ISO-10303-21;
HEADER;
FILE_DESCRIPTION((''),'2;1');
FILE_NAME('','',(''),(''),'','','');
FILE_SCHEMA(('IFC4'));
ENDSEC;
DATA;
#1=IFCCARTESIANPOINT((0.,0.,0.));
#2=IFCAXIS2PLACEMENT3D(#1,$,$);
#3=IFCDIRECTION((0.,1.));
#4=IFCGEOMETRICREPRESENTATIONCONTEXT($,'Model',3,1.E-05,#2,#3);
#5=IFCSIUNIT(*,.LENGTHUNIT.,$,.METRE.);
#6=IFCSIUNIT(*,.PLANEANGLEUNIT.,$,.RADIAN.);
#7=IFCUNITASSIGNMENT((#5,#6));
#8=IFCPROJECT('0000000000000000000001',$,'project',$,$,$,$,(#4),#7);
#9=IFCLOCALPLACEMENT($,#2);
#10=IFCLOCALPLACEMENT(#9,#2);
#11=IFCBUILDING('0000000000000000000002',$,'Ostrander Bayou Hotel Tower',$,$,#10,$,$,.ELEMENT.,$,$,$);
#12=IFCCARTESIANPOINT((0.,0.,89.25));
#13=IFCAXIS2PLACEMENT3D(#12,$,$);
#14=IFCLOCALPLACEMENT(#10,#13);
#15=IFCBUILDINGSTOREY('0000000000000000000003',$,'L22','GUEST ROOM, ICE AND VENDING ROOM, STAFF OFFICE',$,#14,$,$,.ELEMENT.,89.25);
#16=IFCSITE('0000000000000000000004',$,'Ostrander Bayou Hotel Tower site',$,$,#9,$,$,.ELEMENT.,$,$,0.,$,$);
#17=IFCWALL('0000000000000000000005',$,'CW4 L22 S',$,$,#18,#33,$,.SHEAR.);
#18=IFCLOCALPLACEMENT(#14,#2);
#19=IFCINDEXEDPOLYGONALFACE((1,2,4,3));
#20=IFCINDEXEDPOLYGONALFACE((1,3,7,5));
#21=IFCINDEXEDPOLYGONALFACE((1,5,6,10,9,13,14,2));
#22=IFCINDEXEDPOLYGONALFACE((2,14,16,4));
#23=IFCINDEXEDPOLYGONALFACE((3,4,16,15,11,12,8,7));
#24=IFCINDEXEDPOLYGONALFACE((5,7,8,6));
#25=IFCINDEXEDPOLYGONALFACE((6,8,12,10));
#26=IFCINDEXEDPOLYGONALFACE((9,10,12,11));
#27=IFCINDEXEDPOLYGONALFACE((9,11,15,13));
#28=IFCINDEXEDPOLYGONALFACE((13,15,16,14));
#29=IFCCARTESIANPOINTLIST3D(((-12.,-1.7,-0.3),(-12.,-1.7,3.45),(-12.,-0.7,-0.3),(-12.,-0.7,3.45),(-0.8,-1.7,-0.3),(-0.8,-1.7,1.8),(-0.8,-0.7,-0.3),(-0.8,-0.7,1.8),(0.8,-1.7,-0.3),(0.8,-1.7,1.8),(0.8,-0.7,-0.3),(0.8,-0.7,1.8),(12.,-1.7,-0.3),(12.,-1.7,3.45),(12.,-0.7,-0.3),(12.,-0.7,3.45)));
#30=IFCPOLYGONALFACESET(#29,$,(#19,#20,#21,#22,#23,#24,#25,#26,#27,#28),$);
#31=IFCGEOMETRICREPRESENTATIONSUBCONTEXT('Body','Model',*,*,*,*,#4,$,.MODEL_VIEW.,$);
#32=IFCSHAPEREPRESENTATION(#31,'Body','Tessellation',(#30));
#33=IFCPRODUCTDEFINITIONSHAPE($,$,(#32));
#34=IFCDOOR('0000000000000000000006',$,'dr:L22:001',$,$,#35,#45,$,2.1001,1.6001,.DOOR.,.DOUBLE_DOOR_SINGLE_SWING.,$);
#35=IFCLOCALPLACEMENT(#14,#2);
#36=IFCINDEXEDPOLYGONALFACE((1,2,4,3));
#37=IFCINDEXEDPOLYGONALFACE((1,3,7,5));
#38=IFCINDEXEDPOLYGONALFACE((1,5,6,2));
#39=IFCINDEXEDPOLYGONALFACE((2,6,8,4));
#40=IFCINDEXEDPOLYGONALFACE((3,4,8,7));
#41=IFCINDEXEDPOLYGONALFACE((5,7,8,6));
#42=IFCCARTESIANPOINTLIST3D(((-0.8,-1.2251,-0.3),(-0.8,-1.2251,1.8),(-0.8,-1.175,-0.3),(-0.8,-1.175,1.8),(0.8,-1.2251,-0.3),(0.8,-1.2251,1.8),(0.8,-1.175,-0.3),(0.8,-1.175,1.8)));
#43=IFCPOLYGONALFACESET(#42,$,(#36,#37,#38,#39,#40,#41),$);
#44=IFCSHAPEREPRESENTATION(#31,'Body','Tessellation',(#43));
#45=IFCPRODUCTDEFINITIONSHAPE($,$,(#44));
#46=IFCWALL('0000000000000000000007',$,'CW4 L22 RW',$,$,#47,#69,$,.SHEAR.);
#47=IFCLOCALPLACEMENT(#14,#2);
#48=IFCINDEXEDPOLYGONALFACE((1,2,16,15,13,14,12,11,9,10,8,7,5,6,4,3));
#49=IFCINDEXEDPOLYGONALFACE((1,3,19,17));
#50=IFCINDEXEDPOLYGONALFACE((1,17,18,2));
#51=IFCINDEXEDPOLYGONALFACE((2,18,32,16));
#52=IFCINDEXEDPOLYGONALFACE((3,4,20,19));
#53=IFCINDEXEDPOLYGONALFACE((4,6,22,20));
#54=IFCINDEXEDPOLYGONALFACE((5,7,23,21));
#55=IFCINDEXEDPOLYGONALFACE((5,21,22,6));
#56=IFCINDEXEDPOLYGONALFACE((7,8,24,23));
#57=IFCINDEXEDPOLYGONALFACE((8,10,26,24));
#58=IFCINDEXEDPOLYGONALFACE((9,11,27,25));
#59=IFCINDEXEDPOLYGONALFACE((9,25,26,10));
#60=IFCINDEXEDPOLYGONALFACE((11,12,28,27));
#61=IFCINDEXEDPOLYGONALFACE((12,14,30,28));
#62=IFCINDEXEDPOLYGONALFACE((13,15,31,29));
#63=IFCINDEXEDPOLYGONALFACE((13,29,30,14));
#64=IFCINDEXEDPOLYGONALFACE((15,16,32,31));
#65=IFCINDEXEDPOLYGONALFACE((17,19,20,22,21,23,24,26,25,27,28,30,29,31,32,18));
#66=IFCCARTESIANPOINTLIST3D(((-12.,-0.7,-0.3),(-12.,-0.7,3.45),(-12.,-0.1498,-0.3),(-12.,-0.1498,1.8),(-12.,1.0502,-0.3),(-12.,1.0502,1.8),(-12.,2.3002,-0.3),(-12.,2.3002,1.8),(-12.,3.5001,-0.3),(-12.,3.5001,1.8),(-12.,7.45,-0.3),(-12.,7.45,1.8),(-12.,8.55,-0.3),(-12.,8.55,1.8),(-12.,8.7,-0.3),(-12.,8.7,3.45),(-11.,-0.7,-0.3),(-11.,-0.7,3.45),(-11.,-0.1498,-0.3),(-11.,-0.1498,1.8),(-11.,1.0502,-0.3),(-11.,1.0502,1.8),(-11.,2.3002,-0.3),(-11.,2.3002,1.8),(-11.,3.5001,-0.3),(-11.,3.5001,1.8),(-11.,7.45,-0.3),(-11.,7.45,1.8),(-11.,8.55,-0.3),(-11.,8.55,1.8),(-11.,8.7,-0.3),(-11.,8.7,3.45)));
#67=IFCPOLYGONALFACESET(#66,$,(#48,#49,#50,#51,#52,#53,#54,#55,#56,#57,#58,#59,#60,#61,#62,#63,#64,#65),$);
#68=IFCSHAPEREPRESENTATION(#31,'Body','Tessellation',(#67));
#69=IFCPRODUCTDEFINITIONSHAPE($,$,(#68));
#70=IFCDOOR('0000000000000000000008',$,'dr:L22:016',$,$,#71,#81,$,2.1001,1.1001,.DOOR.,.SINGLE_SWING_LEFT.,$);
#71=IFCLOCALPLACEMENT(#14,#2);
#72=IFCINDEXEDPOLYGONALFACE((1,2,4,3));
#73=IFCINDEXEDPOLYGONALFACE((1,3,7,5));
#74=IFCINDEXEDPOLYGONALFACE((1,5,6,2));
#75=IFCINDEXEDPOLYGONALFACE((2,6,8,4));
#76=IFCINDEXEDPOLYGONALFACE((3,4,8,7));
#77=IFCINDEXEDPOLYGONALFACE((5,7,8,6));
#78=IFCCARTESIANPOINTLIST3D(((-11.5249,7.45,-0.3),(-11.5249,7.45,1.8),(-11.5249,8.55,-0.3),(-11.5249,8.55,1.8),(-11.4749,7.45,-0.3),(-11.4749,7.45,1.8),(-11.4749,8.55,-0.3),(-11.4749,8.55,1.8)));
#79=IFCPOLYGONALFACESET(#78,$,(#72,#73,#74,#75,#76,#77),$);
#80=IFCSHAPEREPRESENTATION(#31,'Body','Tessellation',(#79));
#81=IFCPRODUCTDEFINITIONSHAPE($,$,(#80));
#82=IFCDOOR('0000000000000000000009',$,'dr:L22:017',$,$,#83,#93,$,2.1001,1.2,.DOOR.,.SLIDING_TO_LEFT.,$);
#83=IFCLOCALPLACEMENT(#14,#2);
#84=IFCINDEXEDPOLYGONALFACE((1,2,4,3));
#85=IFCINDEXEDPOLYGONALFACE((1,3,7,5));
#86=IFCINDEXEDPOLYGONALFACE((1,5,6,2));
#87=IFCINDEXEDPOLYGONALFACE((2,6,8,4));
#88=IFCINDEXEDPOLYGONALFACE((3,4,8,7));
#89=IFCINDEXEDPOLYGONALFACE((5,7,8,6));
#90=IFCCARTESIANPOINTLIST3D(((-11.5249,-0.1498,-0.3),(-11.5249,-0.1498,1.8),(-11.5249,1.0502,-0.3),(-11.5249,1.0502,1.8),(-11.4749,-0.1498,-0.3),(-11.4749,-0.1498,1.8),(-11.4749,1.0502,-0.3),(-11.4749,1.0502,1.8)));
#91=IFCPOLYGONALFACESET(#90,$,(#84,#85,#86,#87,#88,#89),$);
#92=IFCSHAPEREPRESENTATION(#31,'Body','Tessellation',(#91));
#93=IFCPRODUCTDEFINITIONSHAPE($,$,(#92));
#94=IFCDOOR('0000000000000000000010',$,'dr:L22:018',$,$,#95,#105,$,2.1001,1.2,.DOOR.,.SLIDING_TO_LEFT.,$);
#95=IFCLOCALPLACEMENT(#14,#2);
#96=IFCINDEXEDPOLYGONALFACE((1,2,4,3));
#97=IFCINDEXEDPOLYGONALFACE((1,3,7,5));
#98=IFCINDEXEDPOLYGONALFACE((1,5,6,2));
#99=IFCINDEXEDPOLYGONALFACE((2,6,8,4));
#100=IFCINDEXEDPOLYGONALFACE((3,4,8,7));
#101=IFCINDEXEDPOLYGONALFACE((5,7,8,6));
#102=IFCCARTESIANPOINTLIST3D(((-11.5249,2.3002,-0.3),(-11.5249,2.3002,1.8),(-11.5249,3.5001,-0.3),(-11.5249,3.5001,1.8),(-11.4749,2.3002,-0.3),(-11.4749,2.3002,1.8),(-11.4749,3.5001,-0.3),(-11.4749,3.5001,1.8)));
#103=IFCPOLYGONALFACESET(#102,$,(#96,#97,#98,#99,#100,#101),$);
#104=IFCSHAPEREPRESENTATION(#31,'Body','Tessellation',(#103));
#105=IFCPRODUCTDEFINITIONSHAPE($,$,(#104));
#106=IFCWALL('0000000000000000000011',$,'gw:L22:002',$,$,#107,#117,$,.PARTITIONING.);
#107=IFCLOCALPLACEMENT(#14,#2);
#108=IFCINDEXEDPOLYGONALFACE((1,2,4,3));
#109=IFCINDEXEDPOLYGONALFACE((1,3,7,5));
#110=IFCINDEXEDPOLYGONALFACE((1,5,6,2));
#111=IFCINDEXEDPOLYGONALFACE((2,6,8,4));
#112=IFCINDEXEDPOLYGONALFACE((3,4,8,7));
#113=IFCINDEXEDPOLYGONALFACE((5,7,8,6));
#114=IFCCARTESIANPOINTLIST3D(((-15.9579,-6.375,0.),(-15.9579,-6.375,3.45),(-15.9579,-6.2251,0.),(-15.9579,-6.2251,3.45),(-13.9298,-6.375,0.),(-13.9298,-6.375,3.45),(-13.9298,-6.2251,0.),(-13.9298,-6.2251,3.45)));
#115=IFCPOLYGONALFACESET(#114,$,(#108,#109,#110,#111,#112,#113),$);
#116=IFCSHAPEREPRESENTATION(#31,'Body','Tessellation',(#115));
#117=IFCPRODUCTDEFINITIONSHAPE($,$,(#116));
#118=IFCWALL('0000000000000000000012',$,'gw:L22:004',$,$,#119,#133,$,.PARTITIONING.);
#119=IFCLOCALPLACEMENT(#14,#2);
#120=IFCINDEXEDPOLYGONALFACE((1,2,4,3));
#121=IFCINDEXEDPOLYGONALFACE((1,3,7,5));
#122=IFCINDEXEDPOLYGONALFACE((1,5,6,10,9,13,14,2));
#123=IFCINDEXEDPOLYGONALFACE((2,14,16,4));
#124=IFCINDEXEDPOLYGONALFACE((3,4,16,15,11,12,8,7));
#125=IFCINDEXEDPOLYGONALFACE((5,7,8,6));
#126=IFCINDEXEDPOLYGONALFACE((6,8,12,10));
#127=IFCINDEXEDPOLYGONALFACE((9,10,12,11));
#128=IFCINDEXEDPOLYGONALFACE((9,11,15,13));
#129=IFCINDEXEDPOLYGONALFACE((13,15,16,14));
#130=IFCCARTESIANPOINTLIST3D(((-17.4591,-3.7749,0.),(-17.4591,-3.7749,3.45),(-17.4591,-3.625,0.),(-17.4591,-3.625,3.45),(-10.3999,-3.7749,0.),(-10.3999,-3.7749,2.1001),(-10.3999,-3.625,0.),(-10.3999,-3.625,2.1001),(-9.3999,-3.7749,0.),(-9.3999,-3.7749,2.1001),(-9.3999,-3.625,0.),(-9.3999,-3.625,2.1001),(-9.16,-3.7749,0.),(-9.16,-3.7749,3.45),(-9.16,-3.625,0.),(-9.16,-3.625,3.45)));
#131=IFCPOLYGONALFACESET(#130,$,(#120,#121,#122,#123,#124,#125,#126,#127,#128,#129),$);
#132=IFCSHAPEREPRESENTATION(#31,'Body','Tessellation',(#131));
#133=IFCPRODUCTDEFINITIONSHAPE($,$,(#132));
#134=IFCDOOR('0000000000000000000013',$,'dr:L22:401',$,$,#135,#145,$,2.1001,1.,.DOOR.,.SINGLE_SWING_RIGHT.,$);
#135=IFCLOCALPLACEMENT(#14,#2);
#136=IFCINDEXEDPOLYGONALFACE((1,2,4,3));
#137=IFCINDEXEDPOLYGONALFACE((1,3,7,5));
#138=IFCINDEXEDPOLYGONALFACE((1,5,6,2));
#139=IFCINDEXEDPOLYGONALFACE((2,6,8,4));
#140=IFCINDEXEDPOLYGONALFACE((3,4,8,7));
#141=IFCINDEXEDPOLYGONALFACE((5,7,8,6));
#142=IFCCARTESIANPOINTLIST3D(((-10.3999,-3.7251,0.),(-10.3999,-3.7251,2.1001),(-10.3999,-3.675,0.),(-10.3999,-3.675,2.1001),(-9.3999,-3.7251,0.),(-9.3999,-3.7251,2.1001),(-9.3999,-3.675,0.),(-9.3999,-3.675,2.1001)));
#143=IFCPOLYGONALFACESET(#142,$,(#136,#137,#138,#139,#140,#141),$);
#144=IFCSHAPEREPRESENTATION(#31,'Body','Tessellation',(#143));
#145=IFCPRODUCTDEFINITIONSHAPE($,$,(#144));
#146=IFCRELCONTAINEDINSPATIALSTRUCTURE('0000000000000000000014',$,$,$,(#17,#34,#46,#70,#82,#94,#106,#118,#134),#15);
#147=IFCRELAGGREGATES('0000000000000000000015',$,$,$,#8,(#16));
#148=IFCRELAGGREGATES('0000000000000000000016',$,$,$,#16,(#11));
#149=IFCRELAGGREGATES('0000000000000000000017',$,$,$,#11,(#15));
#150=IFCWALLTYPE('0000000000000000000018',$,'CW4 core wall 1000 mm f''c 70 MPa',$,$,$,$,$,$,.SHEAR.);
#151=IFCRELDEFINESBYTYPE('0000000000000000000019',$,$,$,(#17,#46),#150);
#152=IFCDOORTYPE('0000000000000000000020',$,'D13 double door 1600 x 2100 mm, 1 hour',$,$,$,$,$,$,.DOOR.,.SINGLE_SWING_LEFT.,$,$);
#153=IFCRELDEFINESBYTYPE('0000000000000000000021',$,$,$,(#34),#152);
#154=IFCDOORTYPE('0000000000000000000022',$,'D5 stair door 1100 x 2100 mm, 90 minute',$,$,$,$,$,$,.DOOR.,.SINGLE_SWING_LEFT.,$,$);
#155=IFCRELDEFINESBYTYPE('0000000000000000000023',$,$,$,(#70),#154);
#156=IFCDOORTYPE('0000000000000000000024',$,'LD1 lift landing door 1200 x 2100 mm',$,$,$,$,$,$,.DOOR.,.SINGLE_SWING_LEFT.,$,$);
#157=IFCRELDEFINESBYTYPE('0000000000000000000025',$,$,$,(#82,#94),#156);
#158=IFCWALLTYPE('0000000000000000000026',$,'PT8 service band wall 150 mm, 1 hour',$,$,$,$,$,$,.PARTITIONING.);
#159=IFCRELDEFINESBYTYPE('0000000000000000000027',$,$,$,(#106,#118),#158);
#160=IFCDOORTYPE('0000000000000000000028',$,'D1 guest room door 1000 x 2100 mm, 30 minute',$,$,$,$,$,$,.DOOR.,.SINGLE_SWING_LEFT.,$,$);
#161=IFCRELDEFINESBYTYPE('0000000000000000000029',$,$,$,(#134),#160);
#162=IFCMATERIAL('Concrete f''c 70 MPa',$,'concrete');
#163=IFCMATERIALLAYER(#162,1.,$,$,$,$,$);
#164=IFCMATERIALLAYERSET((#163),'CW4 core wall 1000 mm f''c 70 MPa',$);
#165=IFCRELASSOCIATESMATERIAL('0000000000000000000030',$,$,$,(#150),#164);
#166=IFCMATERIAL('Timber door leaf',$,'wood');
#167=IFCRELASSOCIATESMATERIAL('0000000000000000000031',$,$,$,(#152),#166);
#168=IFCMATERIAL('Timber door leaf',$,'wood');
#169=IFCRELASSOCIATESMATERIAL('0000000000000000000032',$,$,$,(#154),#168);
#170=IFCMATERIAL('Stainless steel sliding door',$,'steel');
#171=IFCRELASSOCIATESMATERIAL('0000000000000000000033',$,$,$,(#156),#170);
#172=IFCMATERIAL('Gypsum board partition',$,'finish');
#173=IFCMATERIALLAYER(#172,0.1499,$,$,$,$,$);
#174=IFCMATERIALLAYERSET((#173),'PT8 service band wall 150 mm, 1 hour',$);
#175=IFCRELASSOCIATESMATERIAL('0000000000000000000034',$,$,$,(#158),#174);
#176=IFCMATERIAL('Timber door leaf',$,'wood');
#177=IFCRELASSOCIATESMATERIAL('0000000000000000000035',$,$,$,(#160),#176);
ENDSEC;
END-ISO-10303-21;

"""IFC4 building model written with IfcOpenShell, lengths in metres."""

from ifc_helpers import new_model, si_unit, direction, frame, frame_2d, origin, place, context, subcontext, project, spatial, rectangle, extrude, material, layer, layer_set, type_object, element, fill, save


model = new_model("IFC4")

# Units and contexts
model_context = context("Model", 3, precision=1e-05, world=origin(), true_north=direction((0.0, 1.0)))
body_context = subcontext(model_context, "Body", "Model", "MODEL_VIEW")
ifc_project = project(units=[si_unit("LENGTHUNIT", "METRE"), si_unit("PLANEANGLEUNIT", "RADIAN")], contexts=[model_context])

# Site, building, storey
site_placement = place(None, origin())
site = spatial("IfcSite", under=ifc_project, at=site_placement, Name="Ostrander Bayou Hotel Tower site", CompositionType="ELEMENT", RefElevation=0.0)
building_placement = place(site_placement, origin())
building = spatial("IfcBuilding", under=site, at=building_placement, Name="Ostrander Bayou Hotel Tower", CompositionType="ELEMENT")
storey_placement = place(building_placement, frame((0.0, 0.0, 89.25)))
storey = spatial("IfcBuildingStorey", under=building, at=storey_placement, Name="L22", Description="GUEST ROOM, ICE AND VENDING ROOM, STAFF OFFICE", CompositionType="ELEMENT", Elevation=89.25)

# Wall, opening, door
ifc_material_1 = material(Name="Concrete f'c 70 MPa", Category="concrete")
ifc_layer_1 = layer(ifc_material_1, 1.0)
ifc_layer_set_1 = layer_set([ifc_layer_1], Name="CW4 core wall 1000 mm f'c 70 MPa")
wall_type_1 = type_object("IfcWallType", Name="CW4 core wall 1000 mm f'c 70 MPa", PredefinedType="SHEAR", material=ifc_layer_set_1)
wall_1_placement = place(storey_placement, frame((-12.0, -1.2, -0.3), z_axis=(0.0, 0.0, 1.0), x_axis=(1.0, 0.0, 0.0)))
wall_1 = element("IfcWall", 1, at=wall_1_placement, inside=storey, type_object=wall_type_1, Name="CW4 L22 S", PredefinedType="SHEAR", context=body_context, shape_type="SweptSolid", body=[
    extrude(rectangle(XDim=24.0, YDim=1.0, at=frame_2d((12.0, 0.0))), origin(), (0.0, 0.0, 1.0), 3.75),
])
opening_1_placement = place(wall_1_placement, frame((11.2, 0.0, 0.0)))
opening_1 = element("IfcOpeningElement", 2, at=opening_1_placement, cuts=wall_1, PredefinedType="OPENING", context=body_context, shape_type="SweptSolid", body=[
    extrude(rectangle(XDim=1.6001, YDim=2.1001, at=frame_2d((0.8, 1.05))), frame((0.0, 0.5, 0.0), z_axis=(0.0, -1.0, 0.0), x_axis=(1.0, 0.0, 0.0)), (0.0, 0.0, 1.0), 1.0),
])
ifc_material_2 = material(Name="Timber door leaf", Category="wood")
door_type_1 = type_object("IfcDoorType", Name="D13 double door 1600 x 2100 mm, 1 hour", OperationType="SINGLE_SWING_LEFT", PredefinedType="DOOR", material=ifc_material_2)
door_1_placement = place(opening_1_placement, origin())
door_1 = element("IfcDoor", 3, at=door_1_placement, inside=storey, type_object=door_type_1, Name="dr:L22:001", OperationType="DOUBLE_DOOR_SINGLE_SWING", OverallHeight=2.1001, OverallWidth=1.6001, PredefinedType="DOOR", context=body_context, shape_type="SweptSolid", body=[
    extrude(rectangle(XDim=1.6001, YDim=2.1001, at=frame_2d((0.8, 1.05))), frame((0.0, 0.0249, 0.0), z_axis=(0.0, -1.0, 0.0), x_axis=(1.0, 0.0, 0.0)), (0.0, 0.0, 1.0), 0.05),
])
fill(opening_1, door_1)

# Wall, openings, doors
wall_2_placement = place(storey_placement, frame((-11.5, -0.7, -0.3), z_axis=(0.0, 0.0, 1.0), x_axis=(0.0, 1.0, 0.0)))
wall_2 = element("IfcWall", 4, at=wall_2_placement, inside=storey, type_object=wall_type_1, Name="CW4 L22 RW", PredefinedType="SHEAR", context=body_context, shape_type="SweptSolid", body=[
    extrude(rectangle(XDim=9.3999, YDim=1.0, at=frame_2d((4.7, 0.0))), origin(), (0.0, 0.0, 1.0), 3.75),
])
opening_2_placement = place(wall_2_placement, frame((8.1499, 0.0, 0.0)))
opening_2 = element("IfcOpeningElement", 5, at=opening_2_placement, cuts=wall_2, PredefinedType="OPENING", context=body_context, shape_type="SweptSolid", body=[
    extrude(rectangle(XDim=1.1001, YDim=2.1001, at=frame_2d((0.55, 1.05))), frame((0.0, 0.5, 0.0), z_axis=(0.0, -1.0, 0.0), x_axis=(1.0, 0.0, 0.0)), (0.0, 0.0, 1.0), 1.0),
])
opening_3_placement = place(wall_2_placement, frame((0.55, 0.0, 0.0)))
opening_3 = element("IfcOpeningElement", 6, at=opening_3_placement, cuts=wall_2, PredefinedType="OPENING", context=body_context, shape_type="SweptSolid", body=[
    extrude(rectangle(XDim=1.2, YDim=2.1001, at=frame_2d((0.6001, 1.05))), frame((0.0, 0.5, 0.0), z_axis=(0.0, -1.0, 0.0), x_axis=(1.0, 0.0, 0.0)), (0.0, 0.0, 1.0), 1.0),
])
opening_4_placement = place(wall_2_placement, frame((3.0, 0.0, 0.0)))
opening_4 = element("IfcOpeningElement", 7, at=opening_4_placement, cuts=wall_2, PredefinedType="OPENING", context=body_context, shape_type="SweptSolid", body=[
    extrude(rectangle(XDim=1.2, YDim=2.1001, at=frame_2d((0.6001, 1.05))), frame((0.0, 0.5, 0.0), z_axis=(0.0, -1.0, 0.0), x_axis=(1.0, 0.0, 0.0)), (0.0, 0.0, 1.0), 1.0),
])
ifc_material_3 = material(Name="Timber door leaf", Category="wood")
door_type_2 = type_object("IfcDoorType", Name="D5 stair door 1100 x 2100 mm, 90 minute", OperationType="SINGLE_SWING_LEFT", PredefinedType="DOOR", material=ifc_material_3)
door_2_placement = place(opening_2_placement, origin())
door_2 = element("IfcDoor", 8, at=door_2_placement, inside=storey, type_object=door_type_2, Name="dr:L22:016", OperationType="SINGLE_SWING_LEFT", OverallHeight=2.1001, OverallWidth=1.1001, PredefinedType="DOOR", context=body_context, shape_type="SweptSolid", body=[
    extrude(rectangle(XDim=1.1001, YDim=2.1001, at=frame_2d((0.55, 1.05))), frame((0.0, 0.0249, 0.0), z_axis=(0.0, -1.0, 0.0), x_axis=(1.0, 0.0, 0.0)), (0.0, 0.0, 1.0), 0.05),
])
fill(opening_2, door_2)
ifc_material_4 = material(Name="Stainless steel sliding door", Category="steel")
door_type_3 = type_object("IfcDoorType", Name="LD1 lift landing door 1200 x 2100 mm", OperationType="SINGLE_SWING_LEFT", PredefinedType="DOOR", material=ifc_material_4)
door_3_placement = place(opening_3_placement, origin())
door_3 = element("IfcDoor", 9, at=door_3_placement, inside=storey, type_object=door_type_3, Name="dr:L22:017", OperationType="SLIDING_TO_LEFT", OverallHeight=2.1001, OverallWidth=1.2, PredefinedType="DOOR", context=body_context, shape_type="SweptSolid", body=[
    extrude(rectangle(XDim=1.2, YDim=2.1001, at=frame_2d((0.6001, 1.05))), frame((0.0, 0.0249, 0.0), z_axis=(0.0, -1.0, 0.0), x_axis=(1.0, 0.0, 0.0)), (0.0, 0.0, 1.0), 0.05),
])
fill(opening_3, door_3)
door_4_placement = place(opening_4_placement, origin())
door_4 = element("IfcDoor", 10, at=door_4_placement, inside=storey, type_object=door_type_3, Name="dr:L22:018", OperationType="SLIDING_TO_LEFT", OverallHeight=2.1001, OverallWidth=1.2, PredefinedType="DOOR", context=body_context, shape_type="SweptSolid", body=[
    extrude(rectangle(XDim=1.2, YDim=2.1001, at=frame_2d((0.6001, 1.05))), frame((0.0, 0.0249, 0.0), z_axis=(0.0, -1.0, 0.0), x_axis=(1.0, 0.0, 0.0)), (0.0, 0.0, 1.0), 0.05),
])
fill(opening_4, door_4)

# Wall
ifc_material_5 = material(Name="Gypsum board partition", Category="finish")
ifc_layer_2 = layer(ifc_material_5, 0.1499)
ifc_layer_set_2 = layer_set([ifc_layer_2], Name="PT8 service band wall 150 mm, 1 hour")
wall_type_2 = type_object("IfcWallType", Name="PT8 service band wall 150 mm, 1 hour", PredefinedType="PARTITIONING", material=ifc_layer_set_2)
wall_3_placement = place(storey_placement, frame((-15.958, -6.3, 0.0), z_axis=(0.0, 0.0, 1.0), x_axis=(1.0, 0.0, 0.0)))
element("IfcWall", 11, at=wall_3_placement, inside=storey, type_object=wall_type_2, Name="gw:L22:002", PredefinedType="PARTITIONING", context=body_context, shape_type="SweptSolid", body=[
    extrude(rectangle(XDim=2.0281, YDim=0.1499, at=frame_2d((1.0142, 0.0))), origin(), (0.0, 0.0, 1.0), 3.45),
])

# Wall, opening, door
wall_4_placement = place(storey_placement, frame((-17.459, -3.7, 0.0), z_axis=(0.0, 0.0, 1.0), x_axis=(1.0, 0.0, 0.0)))
wall_4 = element("IfcWall", 12, at=wall_4_placement, inside=storey, type_object=wall_type_2, Name="gw:L22:004", PredefinedType="PARTITIONING", context=body_context, shape_type="SweptSolid", body=[
    extrude(rectangle(XDim=8.2991, YDim=0.1499, at=frame_2d((4.1494, 0.0))), origin(), (0.0, 0.0, 1.0), 3.45),
])
opening_5_placement = place(wall_4_placement, frame((7.0591, 0.0, 0.0)))
opening_5 = element("IfcOpeningElement", 13, at=opening_5_placement, cuts=wall_4, PredefinedType="OPENING", context=body_context, shape_type="SweptSolid", body=[
    extrude(rectangle(XDim=1.0, YDim=2.1001, at=frame_2d((0.5, 1.05))), frame((0.0, 0.075, 0.0), z_axis=(0.0, -1.0, 0.0), x_axis=(1.0, 0.0, 0.0)), (0.0, 0.0, 1.0), 0.1499),
])
ifc_material_6 = material(Name="Timber door leaf", Category="wood")
door_type_4 = type_object("IfcDoorType", Name="D1 guest room door 1000 x 2100 mm, 30 minute", OperationType="SINGLE_SWING_LEFT", PredefinedType="DOOR", material=ifc_material_6)
door_5_placement = place(opening_5_placement, origin())
door_5 = element("IfcDoor", 14, at=door_5_placement, inside=storey, type_object=door_type_4, Name="dr:L22:401", OperationType="SINGLE_SWING_RIGHT", OverallHeight=2.1001, OverallWidth=1.0, PredefinedType="DOOR", context=body_context, shape_type="SweptSolid", body=[
    extrude(rectangle(XDim=1.0, YDim=2.1001, at=frame_2d((0.5, 1.05))), frame((0.0, 0.0249, 0.0), z_axis=(0.0, -1.0, 0.0), x_axis=(1.0, 0.0, 0.0)), (0.0, 0.0, 1.0), 0.05),
])
fill(opening_5, door_5)

save(model, "model.ifc")
